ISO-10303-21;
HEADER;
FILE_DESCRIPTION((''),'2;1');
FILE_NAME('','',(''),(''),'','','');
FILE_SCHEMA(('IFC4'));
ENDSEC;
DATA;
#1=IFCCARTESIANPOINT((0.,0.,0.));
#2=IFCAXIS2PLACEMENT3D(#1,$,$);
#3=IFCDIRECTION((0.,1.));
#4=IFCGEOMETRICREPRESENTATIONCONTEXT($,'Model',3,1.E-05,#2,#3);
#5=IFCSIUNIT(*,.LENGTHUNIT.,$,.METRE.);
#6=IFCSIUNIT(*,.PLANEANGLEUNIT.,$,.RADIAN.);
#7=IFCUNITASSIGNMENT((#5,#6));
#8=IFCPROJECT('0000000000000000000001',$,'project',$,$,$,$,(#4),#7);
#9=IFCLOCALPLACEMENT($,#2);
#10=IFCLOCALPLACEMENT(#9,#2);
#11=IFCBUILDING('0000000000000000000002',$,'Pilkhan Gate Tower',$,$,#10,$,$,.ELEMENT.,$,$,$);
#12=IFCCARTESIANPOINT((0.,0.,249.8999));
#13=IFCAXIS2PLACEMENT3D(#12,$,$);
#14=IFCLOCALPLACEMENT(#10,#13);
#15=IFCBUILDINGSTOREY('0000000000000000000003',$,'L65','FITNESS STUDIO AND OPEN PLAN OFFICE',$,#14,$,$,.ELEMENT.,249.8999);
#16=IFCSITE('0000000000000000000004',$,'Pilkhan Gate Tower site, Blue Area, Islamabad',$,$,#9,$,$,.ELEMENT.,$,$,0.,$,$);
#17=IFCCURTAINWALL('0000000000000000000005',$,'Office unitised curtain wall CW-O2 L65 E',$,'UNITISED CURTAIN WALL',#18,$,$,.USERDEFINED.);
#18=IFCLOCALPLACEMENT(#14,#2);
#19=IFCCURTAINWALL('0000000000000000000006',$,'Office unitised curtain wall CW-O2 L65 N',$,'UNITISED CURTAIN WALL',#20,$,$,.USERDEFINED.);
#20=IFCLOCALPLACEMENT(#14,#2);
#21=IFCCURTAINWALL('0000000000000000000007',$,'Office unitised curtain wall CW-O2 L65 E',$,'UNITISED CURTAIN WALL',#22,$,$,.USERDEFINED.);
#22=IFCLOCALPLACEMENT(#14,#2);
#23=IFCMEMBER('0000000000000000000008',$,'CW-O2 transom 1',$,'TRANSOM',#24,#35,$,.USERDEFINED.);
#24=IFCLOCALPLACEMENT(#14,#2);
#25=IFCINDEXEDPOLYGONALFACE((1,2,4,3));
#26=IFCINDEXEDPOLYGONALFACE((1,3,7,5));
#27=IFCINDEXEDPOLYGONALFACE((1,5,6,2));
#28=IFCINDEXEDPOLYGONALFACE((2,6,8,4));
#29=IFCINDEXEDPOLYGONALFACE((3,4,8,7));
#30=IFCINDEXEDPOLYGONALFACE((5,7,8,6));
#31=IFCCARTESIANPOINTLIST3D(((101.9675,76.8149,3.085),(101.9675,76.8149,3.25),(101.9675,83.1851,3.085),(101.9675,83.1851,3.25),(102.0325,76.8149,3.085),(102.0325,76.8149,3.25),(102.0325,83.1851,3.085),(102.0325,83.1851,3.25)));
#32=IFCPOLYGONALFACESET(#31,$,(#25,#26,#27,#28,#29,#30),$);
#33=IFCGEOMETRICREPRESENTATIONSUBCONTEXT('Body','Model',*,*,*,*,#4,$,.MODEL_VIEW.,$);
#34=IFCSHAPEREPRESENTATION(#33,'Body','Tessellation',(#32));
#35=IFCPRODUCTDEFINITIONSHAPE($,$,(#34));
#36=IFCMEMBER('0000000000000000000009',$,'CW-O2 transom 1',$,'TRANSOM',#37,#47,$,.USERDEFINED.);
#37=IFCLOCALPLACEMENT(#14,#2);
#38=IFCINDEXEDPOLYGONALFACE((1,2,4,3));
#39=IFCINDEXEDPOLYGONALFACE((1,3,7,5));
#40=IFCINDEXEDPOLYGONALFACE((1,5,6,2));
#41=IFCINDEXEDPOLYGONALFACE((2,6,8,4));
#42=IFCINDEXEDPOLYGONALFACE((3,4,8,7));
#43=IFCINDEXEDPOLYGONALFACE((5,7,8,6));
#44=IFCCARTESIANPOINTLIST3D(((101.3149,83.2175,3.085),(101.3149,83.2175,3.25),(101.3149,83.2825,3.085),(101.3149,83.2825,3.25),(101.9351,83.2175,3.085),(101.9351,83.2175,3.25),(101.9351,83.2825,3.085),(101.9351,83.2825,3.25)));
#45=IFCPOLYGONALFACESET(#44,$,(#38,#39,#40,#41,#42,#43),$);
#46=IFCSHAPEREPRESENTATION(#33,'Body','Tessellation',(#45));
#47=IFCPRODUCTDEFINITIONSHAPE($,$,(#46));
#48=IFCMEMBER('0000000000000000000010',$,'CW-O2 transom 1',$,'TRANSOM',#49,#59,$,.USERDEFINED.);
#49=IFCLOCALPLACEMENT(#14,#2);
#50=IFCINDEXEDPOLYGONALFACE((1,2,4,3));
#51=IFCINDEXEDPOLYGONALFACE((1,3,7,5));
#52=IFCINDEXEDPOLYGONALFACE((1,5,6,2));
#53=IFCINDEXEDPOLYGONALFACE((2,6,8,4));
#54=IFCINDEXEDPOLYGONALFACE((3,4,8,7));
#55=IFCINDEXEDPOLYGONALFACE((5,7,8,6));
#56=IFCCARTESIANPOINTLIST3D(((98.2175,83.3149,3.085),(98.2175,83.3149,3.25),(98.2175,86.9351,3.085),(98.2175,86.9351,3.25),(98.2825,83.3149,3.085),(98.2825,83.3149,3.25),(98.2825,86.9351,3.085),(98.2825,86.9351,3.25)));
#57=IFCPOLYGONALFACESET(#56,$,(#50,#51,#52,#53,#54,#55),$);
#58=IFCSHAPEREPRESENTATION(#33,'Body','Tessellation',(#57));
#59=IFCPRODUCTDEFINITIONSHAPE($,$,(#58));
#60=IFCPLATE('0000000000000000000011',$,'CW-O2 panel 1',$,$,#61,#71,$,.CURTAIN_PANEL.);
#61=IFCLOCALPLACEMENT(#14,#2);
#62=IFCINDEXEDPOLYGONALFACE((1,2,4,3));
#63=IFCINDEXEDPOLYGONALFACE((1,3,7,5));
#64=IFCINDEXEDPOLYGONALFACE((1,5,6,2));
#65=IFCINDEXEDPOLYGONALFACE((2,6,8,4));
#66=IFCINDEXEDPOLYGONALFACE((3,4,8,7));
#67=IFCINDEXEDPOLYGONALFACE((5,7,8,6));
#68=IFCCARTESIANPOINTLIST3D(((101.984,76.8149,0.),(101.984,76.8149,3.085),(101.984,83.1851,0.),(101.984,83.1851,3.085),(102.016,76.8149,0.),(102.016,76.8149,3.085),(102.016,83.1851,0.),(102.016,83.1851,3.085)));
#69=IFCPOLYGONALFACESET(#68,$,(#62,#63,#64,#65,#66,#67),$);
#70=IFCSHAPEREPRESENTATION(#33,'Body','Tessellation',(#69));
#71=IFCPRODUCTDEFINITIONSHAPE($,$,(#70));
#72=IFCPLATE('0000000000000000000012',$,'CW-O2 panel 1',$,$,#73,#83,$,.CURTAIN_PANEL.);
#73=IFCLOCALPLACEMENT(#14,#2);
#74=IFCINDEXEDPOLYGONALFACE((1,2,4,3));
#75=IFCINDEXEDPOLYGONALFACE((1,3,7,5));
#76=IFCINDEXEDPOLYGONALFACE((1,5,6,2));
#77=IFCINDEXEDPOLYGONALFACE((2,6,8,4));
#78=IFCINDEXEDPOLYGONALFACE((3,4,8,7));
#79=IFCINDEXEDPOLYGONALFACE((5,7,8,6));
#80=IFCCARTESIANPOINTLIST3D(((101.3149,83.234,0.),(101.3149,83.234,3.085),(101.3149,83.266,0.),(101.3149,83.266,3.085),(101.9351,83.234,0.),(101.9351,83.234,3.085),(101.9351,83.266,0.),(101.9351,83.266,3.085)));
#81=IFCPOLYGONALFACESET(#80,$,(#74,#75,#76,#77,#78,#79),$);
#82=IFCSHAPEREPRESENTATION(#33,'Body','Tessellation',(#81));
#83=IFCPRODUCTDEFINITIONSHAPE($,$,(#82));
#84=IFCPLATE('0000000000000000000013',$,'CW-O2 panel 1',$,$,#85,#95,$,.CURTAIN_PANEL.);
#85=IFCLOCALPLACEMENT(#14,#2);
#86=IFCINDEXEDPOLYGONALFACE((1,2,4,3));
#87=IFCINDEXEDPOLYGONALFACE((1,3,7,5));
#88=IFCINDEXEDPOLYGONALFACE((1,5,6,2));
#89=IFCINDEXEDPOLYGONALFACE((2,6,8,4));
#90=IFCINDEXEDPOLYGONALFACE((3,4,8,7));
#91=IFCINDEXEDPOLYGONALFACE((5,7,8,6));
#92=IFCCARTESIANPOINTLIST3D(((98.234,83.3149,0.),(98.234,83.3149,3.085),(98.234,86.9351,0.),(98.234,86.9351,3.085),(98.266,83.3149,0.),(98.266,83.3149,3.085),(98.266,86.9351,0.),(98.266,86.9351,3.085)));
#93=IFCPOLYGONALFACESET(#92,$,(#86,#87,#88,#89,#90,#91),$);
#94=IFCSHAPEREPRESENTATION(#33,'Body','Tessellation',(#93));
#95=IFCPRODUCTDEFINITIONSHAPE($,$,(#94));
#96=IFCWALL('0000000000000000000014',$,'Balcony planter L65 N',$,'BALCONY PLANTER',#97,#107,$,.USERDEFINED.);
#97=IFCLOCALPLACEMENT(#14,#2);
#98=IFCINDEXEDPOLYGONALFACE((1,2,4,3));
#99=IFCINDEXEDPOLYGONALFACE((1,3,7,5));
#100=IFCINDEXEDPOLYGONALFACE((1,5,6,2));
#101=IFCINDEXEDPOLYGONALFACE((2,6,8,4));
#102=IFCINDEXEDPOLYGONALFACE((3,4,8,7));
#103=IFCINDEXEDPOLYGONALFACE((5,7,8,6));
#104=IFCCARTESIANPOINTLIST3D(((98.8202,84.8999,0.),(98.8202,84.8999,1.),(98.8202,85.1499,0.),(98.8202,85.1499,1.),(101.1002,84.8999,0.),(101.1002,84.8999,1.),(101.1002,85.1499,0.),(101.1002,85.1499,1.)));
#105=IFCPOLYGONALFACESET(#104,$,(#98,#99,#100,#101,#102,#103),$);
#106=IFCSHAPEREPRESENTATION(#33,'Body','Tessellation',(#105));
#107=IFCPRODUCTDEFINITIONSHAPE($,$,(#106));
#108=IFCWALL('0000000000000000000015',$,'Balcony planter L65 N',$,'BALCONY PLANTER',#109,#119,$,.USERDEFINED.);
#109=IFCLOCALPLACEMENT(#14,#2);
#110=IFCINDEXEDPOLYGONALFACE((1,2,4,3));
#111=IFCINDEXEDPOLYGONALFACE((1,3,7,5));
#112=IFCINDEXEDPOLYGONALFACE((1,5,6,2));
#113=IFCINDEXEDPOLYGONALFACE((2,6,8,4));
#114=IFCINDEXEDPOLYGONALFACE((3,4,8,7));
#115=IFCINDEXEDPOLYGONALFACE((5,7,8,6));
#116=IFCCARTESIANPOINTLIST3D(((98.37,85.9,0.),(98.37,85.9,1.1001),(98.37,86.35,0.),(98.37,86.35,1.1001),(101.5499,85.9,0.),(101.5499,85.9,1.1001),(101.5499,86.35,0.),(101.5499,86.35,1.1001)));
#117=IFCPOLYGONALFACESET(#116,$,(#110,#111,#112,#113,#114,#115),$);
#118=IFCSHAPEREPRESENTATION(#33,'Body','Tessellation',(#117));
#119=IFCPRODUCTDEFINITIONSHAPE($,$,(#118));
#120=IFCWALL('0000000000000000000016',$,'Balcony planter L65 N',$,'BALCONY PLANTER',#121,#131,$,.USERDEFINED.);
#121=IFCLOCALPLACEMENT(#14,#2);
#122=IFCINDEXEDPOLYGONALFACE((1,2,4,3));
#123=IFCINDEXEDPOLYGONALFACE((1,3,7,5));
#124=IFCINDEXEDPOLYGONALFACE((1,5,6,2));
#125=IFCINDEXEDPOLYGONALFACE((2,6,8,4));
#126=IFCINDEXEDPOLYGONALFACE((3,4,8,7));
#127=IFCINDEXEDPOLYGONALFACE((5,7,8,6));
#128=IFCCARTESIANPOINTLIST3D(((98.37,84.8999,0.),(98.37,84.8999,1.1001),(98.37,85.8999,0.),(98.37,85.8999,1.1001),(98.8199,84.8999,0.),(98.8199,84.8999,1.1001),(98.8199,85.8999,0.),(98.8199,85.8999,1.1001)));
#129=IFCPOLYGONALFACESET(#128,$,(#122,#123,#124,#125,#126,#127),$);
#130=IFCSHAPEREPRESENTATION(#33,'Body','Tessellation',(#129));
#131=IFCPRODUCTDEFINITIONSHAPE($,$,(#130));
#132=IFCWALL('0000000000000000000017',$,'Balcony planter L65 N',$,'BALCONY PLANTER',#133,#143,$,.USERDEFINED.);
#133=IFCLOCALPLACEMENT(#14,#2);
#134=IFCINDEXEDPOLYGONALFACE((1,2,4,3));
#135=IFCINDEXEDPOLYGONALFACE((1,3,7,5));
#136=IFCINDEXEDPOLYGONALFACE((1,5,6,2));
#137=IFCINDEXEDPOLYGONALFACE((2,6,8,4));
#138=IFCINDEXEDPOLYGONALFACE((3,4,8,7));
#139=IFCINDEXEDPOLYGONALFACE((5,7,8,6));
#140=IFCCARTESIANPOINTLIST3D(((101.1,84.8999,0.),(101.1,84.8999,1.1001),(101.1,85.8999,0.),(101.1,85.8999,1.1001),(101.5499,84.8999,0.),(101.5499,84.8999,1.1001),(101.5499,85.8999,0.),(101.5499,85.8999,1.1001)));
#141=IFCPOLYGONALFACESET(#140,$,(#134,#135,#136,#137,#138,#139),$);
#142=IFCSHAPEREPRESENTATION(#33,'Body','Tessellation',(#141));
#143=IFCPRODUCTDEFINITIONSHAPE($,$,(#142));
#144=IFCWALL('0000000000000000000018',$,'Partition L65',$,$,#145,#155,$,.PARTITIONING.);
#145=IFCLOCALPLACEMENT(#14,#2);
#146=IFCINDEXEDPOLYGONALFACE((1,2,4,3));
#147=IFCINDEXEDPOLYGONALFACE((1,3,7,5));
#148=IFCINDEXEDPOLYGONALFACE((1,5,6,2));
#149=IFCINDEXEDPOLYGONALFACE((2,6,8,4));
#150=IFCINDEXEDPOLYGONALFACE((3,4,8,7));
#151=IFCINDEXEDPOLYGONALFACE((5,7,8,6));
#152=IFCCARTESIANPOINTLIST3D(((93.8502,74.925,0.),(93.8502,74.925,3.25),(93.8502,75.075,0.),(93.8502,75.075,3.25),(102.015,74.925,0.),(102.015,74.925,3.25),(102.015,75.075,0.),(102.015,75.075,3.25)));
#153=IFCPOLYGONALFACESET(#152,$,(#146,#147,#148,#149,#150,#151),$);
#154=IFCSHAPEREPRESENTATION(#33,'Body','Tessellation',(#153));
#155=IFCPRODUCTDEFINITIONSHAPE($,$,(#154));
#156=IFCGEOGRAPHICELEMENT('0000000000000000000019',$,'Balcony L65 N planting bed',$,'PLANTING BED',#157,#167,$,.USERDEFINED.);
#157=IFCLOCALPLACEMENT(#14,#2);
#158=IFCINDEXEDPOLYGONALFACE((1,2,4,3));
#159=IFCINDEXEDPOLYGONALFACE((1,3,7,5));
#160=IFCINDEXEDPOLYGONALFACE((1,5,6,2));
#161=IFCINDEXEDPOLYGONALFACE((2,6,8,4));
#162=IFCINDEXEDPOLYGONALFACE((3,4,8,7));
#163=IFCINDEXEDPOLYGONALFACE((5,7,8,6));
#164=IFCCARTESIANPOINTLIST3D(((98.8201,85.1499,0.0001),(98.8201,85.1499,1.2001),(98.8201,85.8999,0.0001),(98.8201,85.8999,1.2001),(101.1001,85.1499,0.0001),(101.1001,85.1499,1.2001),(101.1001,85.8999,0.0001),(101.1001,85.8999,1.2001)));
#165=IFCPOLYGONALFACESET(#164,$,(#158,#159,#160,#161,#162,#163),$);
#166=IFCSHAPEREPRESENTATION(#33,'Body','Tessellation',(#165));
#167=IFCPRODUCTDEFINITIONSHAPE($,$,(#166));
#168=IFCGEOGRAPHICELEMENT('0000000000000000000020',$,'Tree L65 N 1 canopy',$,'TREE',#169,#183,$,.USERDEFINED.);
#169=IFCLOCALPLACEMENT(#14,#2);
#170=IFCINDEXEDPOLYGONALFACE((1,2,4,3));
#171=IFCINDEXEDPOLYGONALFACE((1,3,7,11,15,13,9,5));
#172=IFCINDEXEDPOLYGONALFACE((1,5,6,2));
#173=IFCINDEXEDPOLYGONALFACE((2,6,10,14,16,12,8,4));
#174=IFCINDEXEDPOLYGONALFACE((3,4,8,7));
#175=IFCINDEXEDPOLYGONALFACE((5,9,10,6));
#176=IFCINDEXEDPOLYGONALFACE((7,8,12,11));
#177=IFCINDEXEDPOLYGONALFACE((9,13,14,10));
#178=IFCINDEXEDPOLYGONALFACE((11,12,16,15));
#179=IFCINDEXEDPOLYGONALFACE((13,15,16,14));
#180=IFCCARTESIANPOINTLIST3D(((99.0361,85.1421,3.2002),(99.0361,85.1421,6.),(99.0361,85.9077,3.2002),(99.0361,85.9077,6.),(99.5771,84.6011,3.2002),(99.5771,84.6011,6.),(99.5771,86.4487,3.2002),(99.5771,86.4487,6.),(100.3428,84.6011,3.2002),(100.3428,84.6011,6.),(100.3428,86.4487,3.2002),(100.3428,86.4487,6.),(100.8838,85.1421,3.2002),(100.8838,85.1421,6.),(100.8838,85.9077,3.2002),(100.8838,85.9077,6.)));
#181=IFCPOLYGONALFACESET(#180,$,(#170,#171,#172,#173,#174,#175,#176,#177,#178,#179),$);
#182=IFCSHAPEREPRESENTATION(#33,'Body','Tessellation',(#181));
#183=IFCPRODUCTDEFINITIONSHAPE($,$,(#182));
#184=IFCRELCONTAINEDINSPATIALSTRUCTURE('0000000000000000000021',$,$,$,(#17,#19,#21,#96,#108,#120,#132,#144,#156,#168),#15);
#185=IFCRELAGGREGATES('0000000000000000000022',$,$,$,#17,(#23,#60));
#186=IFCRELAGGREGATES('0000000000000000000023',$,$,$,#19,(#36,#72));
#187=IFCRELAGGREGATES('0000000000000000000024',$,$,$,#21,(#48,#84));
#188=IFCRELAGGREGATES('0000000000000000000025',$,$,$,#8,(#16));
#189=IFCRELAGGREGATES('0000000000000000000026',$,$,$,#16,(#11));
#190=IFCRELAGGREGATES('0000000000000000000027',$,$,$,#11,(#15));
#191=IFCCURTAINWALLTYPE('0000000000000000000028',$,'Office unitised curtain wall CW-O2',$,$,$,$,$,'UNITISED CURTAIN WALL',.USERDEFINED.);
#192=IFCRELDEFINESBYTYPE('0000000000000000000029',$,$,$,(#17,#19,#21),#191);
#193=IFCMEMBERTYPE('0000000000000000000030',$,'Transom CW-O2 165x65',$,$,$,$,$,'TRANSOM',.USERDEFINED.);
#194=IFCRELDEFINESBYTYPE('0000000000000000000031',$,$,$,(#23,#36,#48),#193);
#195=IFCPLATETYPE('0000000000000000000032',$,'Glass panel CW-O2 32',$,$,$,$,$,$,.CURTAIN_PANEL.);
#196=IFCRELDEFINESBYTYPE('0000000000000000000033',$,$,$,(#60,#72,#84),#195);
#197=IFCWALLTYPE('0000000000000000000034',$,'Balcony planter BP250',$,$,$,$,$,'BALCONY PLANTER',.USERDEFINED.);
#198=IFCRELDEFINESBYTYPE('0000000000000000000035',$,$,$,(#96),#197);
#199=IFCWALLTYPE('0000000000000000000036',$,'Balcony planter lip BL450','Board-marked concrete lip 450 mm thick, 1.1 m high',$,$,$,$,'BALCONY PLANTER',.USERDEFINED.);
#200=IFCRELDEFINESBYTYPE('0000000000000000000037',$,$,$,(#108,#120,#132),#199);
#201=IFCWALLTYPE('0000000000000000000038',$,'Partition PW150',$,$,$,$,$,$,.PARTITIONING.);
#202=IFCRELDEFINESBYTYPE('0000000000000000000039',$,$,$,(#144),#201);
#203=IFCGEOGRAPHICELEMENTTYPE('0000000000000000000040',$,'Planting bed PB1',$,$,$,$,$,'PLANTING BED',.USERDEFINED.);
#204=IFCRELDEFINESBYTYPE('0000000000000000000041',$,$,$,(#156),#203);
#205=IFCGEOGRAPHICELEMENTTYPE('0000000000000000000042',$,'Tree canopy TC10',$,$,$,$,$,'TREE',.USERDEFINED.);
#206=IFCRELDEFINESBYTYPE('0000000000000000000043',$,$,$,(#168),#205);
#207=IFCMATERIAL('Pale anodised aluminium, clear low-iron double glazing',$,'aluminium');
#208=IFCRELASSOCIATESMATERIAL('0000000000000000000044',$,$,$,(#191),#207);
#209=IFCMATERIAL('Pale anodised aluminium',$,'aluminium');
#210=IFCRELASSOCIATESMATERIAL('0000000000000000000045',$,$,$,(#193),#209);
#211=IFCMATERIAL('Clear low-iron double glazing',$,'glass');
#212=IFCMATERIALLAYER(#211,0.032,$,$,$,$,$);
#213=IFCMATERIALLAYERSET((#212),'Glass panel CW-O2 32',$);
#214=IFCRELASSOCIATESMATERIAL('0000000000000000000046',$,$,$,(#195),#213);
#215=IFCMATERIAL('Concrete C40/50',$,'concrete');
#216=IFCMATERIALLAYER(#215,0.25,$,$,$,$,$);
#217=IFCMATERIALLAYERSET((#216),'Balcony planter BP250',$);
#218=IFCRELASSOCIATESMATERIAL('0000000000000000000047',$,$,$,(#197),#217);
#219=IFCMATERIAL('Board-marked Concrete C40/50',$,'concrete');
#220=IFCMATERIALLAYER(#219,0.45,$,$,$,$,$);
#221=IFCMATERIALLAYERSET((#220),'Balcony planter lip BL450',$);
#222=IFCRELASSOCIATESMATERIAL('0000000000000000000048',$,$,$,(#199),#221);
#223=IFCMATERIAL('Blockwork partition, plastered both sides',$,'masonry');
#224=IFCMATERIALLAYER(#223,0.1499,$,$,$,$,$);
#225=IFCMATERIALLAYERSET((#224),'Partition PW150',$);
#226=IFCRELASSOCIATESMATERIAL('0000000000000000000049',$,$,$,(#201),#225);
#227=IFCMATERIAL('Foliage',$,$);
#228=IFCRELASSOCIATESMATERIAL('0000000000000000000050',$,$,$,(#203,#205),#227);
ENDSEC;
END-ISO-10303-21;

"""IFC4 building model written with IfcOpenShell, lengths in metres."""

from ifc_helpers import new_model, si_unit, direction, frame, frame_2d, origin, origin_2d, place, context, subcontext, project, spatial, polyline, rectangle, outline, extrude, material, layer, layer_set, material_profile, profile_set, type_object, element, aggregate, save


model = new_model("IFC4")

# Units and contexts
model_context = context("Model", 3, precision=1e-05, world=origin(), true_north=direction((0.0, 1.0)))
body_context = subcontext(model_context, "Body", "Model", "MODEL_VIEW")
ifc_project = project(units=[si_unit("LENGTHUNIT", "METRE"), si_unit("PLANEANGLEUNIT", "RADIAN")], contexts=[model_context])

# Site, building, storey
site_placement = place(None, origin())
site = spatial("IfcSite", under=ifc_project, at=site_placement, Name="Pilkhan Gate Tower site, Blue Area, Islamabad", CompositionType="ELEMENT", RefElevation=0.0)
building_placement = place(site_placement, origin())
building = spatial("IfcBuilding", under=site, at=building_placement, Name="Pilkhan Gate Tower", CompositionType="ELEMENT")
storey_placement = place(building_placement, frame((0.0, 0.0, 249.8999)))
storey = spatial("IfcBuildingStorey", under=building, at=storey_placement, Name="L65", Description="FITNESS STUDIO AND OPEN PLAN OFFICE", CompositionType="ELEMENT", Elevation=249.8999)

# Shared definitions
ifc_material_1 = material(Name="Pale anodised aluminium, clear low-iron double glazing", Category="aluminium")
curtain_wall_type = type_object("IfcCurtainWallType", Name="Office unitised curtain wall CW-O2", ElementType="UNITISED CURTAIN WALL", PredefinedType="USERDEFINED", material=ifc_material_1)
ifc_material_2 = material(Name="Pale anodised aluminium", Category="aluminium")

# Curtain walls
curtain_wall_1_placement = place(storey_placement, origin())
curtain_wall_1 = element("IfcCurtainWall", 1, at=curtain_wall_1_placement, inside=storey, type_object=curtain_wall_type, Name="Office unitised curtain wall CW-O2 L65 E", ObjectType="UNITISED CURTAIN WALL", PredefinedType="USERDEFINED")
curtain_wall_2_placement = place(storey_placement, origin())
curtain_wall_2 = element("IfcCurtainWall", 2, at=curtain_wall_2_placement, inside=storey, type_object=curtain_wall_type, Name="Office unitised curtain wall CW-O2 L65 N", ObjectType="UNITISED CURTAIN WALL", PredefinedType="USERDEFINED")

# Curtain wall
curtain_wall_3_placement = place(storey_placement, origin())
curtain_wall_3 = element("IfcCurtainWall", 3, at=curtain_wall_3_placement, inside=storey, type_object=curtain_wall_type, Name="Office unitised curtain wall CW-O2 L65 E", ObjectType="UNITISED CURTAIN WALL", PredefinedType="USERDEFINED")

# Members
ifc_material_profile_1 = material_profile(ifc_material_2, rectangle(XDim=0.0649, YDim=0.165, at=origin_2d()), Name="Transom 165x65")
ifc_profile_set_1 = profile_set([ifc_material_profile_1], Name="Pale anodised aluminium")
member_type_1 = type_object("IfcMemberType", Name="Transom CW-O2 165x65", ElementType="TRANSOM", PredefinedType="USERDEFINED", material=ifc_profile_set_1)
member_1_placement = place(storey_placement, frame((102.0, 76.8149, 3.1675), z_axis=(0.0, 1.0, 0.0), x_axis=(-1.0, 0.0, 0.0)))
member_1 = element("IfcMember", 4, at=member_1_placement, type_object=member_type_1, Name="CW-O2 transom 1", ObjectType="TRANSOM", PredefinedType="USERDEFINED", context=body_context, shape_type="SweptSolid", body=[
    extrude(rectangle(XDim=0.0649, YDim=0.165, at=origin_2d()), origin(), (0.0, 0.0, 1.0), 6.3701),
])
member_2_placement = place(storey_placement, frame((101.3149, 83.25, 3.1675), z_axis=(1.0, 0.0, 0.0), x_axis=(0.0, 1.0, 0.0)))
member_2 = element("IfcMember", 5, at=member_2_placement, type_object=member_type_1, Name="CW-O2 transom 1", ObjectType="TRANSOM", PredefinedType="USERDEFINED", context=body_context, shape_type="SweptSolid", body=[
    extrude(rectangle(XDim=0.0649, YDim=0.165, at=origin_2d()), origin(), (0.0, 0.0, 1.0), 0.6201),
])
member_3_placement = place(storey_placement, frame((98.25, 83.3149, 3.1675), z_axis=(0.0, 1.0, 0.0), x_axis=(-1.0, 0.0, 0.0)))
member_3 = element("IfcMember", 6, at=member_3_placement, type_object=member_type_1, Name="CW-O2 transom 1", ObjectType="TRANSOM", PredefinedType="USERDEFINED", context=body_context, shape_type="SweptSolid", body=[
    extrude(rectangle(XDim=0.0649, YDim=0.165, at=origin_2d()), origin(), (0.0, 0.0, 1.0), 3.6201),
])

# Plates
ifc_material_3 = material(Name="Clear low-iron double glazing", Category="glass")
ifc_layer_1 = layer(ifc_material_3, 0.032)
ifc_layer_set_1 = layer_set([ifc_layer_1], Name="Glass panel CW-O2 32")
plate_type = type_object("IfcPlateType", Name="Glass panel CW-O2 32", PredefinedType="CURTAIN_PANEL", material=ifc_layer_set_1)
plate_1_placement = place(storey_placement, frame((102.0, 80.0, 0.0), z_axis=(0.0, 0.0, 1.0), x_axis=(0.0, 1.0, 0.0)))
plate_1 = element("IfcPlate", 7, at=plate_1_placement, type_object=plate_type, Name="CW-O2 panel 1", PredefinedType="CURTAIN_PANEL", context=body_context, shape_type="SweptSolid", body=[
    extrude(rectangle(XDim=6.3701, YDim=0.032, at=origin_2d()), origin(), (0.0, 0.0, 1.0), 3.085),
])
aggregate(curtain_wall_1, [member_1, plate_1])
plate_2_placement = place(storey_placement, frame((101.625, 83.25, 0.0), z_axis=(0.0, 0.0, 1.0), x_axis=(1.0, 0.0, 0.0)))
plate_2 = element("IfcPlate", 8, at=plate_2_placement, type_object=plate_type, Name="CW-O2 panel 1", PredefinedType="CURTAIN_PANEL", context=body_context, shape_type="SweptSolid", body=[
    extrude(rectangle(XDim=0.6201, YDim=0.032, at=origin_2d()), origin(), (0.0, 0.0, 1.0), 3.085),
])
aggregate(curtain_wall_2, [member_2, plate_2])
plate_3_placement = place(storey_placement, frame((98.25, 85.125, 0.0), z_axis=(0.0, 0.0, 1.0), x_axis=(0.0, 1.0, 0.0)))
plate_3 = element("IfcPlate", 9, at=plate_3_placement, type_object=plate_type, Name="CW-O2 panel 1", PredefinedType="CURTAIN_PANEL", context=body_context, shape_type="SweptSolid", body=[
    extrude(rectangle(XDim=3.6201, YDim=0.032, at=origin_2d()), origin(), (0.0, 0.0, 1.0), 3.085),
])
aggregate(curtain_wall_3, [member_3, plate_3])

# Walls
ifc_material_4 = material(Name="Concrete C40/50", Category="concrete")
ifc_layer_2 = layer(ifc_material_4, 0.25)
ifc_layer_set_2 = layer_set([ifc_layer_2], Name="Balcony planter BP250")
wall_type_1 = type_object("IfcWallType", Name="Balcony planter BP250", ElementType="BALCONY PLANTER", PredefinedType="USERDEFINED", material=ifc_layer_set_2)
wall_1_placement = place(storey_placement, frame((98.8201, 85.0249, 0.0), z_axis=(0.0, 0.0, 1.0), x_axis=(1.0, 0.0, 0.0)))
element("IfcWall", 10, at=wall_1_placement, inside=storey, type_object=wall_type_1, Name="Balcony planter L65 N", ObjectType="BALCONY PLANTER", PredefinedType="USERDEFINED", context=body_context, shape_type="SweptSolid", body=[
    extrude(rectangle(XDim=2.28, YDim=0.25, at=frame_2d((1.1401, 0.0))), origin(), (0.0, 0.0, 1.0), 1.0),
])
ifc_material_5 = material(Name="Board-marked Concrete C40/50", Category="concrete")
ifc_layer_3 = layer(ifc_material_5, 0.45)
ifc_layer_set_3 = layer_set([ifc_layer_3], Name="Balcony planter lip BL450")
wall_type_2 = type_object("IfcWallType", Name="Balcony planter lip BL450", Description="Board-marked concrete lip 450 mm thick, 1.1 m high", ElementType="BALCONY PLANTER", PredefinedType="USERDEFINED", material=ifc_layer_set_3)
wall_2_placement = place(storey_placement, frame((98.3701, 86.125, 0.0), z_axis=(0.0, 0.0, 1.0), x_axis=(1.0, 0.0, 0.0)))
element("IfcWall", 11, at=wall_2_placement, inside=storey, type_object=wall_type_2, Name="Balcony planter L65 N", ObjectType="BALCONY PLANTER", PredefinedType="USERDEFINED", context=body_context, shape_type="SweptSolid", body=[
    extrude(rectangle(XDim=3.1799, YDim=0.45, at=frame_2d((1.5898, 0.0))), origin(), (0.0, 0.0, 1.0), 1.1001),
])
for number, where, z_axis, x_axis, name in (
    (12, (98.595, 84.8999, 0.0), (0.0, 0.0, 1.0), (0.0, 1.0, 0.0), "Balcony planter L65 N"),
    (13, (101.325, 84.8999, 0.0), (0.0, 0.0, 1.0), (0.0, 1.0, 0.0), "Balcony planter L65 N"),
):
    element("IfcWall", number, at=place(storey_placement, frame(where, z_axis=z_axis, x_axis=x_axis)), inside=storey, type_object=wall_type_2, Name=name, ObjectType="BALCONY PLANTER", PredefinedType="USERDEFINED", context=body_context, shape_type="SweptSolid", body=[
        extrude(rectangle(XDim=1.0, YDim=0.45, at=frame_2d((0.5, 0.0))), origin(), (0.0, 0.0, 1.0), 1.1001),
    ])

# Wall
ifc_material_6 = material(Name="Blockwork partition, plastered both sides", Category="masonry")
ifc_layer_4 = layer(ifc_material_6, 0.1499)
ifc_layer_set_4 = layer_set([ifc_layer_4], Name="Partition PW150")
wall_type_3 = type_object("IfcWallType", Name="Partition PW150", PredefinedType="PARTITIONING", material=ifc_layer_set_4)
wall_3_placement = place(storey_placement, frame((93.8501, 75.0, 0.0), z_axis=(0.0, 0.0, 1.0), x_axis=(1.0, 0.0, 0.0)))
element("IfcWall", 14, at=wall_3_placement, inside=storey, type_object=wall_type_3, Name="Partition L65", PredefinedType="PARTITIONING", context=body_context, shape_type="SweptSolid", body=[
    extrude(rectangle(XDim=8.1648, YDim=0.1499, at=frame_2d((4.0825, 0.0))), origin(), (0.0, 0.0, 1.0), 3.25),
])

# Geographic elements
ifc_material_7 = material(Name="Foliage")
ifc_material_profile_2 = material_profile(ifc_material_7, rectangle(XDim=0.75, YDim=1.2, at=origin_2d()), Name="Bed 750x1200")
ifc_profile_set_2 = profile_set([ifc_material_profile_2], Name="Foliage")
geographic_element_type_1 = type_object("IfcGeographicElementType", Name="Planting bed PB1", ElementType="PLANTING BED", PredefinedType="USERDEFINED", material=ifc_profile_set_2)
geographic_element_1_placement = place(storey_placement, frame((98.8201, 85.5249, 0.6001), z_axis=(1.0, 0.0, 0.0), x_axis=(0.0, 1.0, 0.0)))
element("IfcGeographicElement", 15, at=geographic_element_1_placement, inside=storey, type_object=geographic_element_type_1, Name="Balcony L65 N planting bed", ObjectType="PLANTING BED", PredefinedType="USERDEFINED", context=body_context, shape_type="SweptSolid", body=[
    extrude(rectangle(XDim=0.75, YDim=1.2, at=origin_2d()), origin(), (0.0, 0.0, 1.0), 2.28),
])
ifc_material_profile_3 = material_profile(ifc_material_7, outline(polyline([(0.9238, 0.3828), (0.3828, 0.9238), (-0.3828, 0.9238), (-0.9238, 0.3828), (-0.9238, -0.3828), (-0.3828, -0.9238), (0.3828, -0.9238), (0.9238, -0.3828), (0.9238, 0.3828)])), Name="Canopy D2.0")
ifc_profile_set_3 = profile_set([ifc_material_profile_3], Name="Foliage")
geographic_element_type_2 = type_object("IfcGeographicElementType", Name="Tree canopy TC10", ElementType="TREE", PredefinedType="USERDEFINED", material=ifc_profile_set_3)
geographic_element_2_placement = place(storey_placement, frame((99.96, 85.5249, 3.2002), z_axis=(0.0, 0.0, 1.0), x_axis=(1.0, 0.0, 0.0)))
element("IfcGeographicElement", 16, at=geographic_element_2_placement, inside=storey, type_object=geographic_element_type_2, Name="Tree L65 N 1 canopy", ObjectType="TREE", PredefinedType="USERDEFINED", context=body_context, shape_type="SweptSolid", body=[
    extrude(outline(polyline([(0.9238, 0.3828), (0.3828, 0.9238), (-0.3828, 0.9238), (-0.9238, 0.3828), (-0.9238, -0.3828), (-0.3828, -0.9238), (0.3828, -0.9238), (0.9238, -0.3828), (0.9238, 0.3828)])), origin(), (0.0, 0.0, 1.0), 2.7998),
])

save(model, "model.ifc")
